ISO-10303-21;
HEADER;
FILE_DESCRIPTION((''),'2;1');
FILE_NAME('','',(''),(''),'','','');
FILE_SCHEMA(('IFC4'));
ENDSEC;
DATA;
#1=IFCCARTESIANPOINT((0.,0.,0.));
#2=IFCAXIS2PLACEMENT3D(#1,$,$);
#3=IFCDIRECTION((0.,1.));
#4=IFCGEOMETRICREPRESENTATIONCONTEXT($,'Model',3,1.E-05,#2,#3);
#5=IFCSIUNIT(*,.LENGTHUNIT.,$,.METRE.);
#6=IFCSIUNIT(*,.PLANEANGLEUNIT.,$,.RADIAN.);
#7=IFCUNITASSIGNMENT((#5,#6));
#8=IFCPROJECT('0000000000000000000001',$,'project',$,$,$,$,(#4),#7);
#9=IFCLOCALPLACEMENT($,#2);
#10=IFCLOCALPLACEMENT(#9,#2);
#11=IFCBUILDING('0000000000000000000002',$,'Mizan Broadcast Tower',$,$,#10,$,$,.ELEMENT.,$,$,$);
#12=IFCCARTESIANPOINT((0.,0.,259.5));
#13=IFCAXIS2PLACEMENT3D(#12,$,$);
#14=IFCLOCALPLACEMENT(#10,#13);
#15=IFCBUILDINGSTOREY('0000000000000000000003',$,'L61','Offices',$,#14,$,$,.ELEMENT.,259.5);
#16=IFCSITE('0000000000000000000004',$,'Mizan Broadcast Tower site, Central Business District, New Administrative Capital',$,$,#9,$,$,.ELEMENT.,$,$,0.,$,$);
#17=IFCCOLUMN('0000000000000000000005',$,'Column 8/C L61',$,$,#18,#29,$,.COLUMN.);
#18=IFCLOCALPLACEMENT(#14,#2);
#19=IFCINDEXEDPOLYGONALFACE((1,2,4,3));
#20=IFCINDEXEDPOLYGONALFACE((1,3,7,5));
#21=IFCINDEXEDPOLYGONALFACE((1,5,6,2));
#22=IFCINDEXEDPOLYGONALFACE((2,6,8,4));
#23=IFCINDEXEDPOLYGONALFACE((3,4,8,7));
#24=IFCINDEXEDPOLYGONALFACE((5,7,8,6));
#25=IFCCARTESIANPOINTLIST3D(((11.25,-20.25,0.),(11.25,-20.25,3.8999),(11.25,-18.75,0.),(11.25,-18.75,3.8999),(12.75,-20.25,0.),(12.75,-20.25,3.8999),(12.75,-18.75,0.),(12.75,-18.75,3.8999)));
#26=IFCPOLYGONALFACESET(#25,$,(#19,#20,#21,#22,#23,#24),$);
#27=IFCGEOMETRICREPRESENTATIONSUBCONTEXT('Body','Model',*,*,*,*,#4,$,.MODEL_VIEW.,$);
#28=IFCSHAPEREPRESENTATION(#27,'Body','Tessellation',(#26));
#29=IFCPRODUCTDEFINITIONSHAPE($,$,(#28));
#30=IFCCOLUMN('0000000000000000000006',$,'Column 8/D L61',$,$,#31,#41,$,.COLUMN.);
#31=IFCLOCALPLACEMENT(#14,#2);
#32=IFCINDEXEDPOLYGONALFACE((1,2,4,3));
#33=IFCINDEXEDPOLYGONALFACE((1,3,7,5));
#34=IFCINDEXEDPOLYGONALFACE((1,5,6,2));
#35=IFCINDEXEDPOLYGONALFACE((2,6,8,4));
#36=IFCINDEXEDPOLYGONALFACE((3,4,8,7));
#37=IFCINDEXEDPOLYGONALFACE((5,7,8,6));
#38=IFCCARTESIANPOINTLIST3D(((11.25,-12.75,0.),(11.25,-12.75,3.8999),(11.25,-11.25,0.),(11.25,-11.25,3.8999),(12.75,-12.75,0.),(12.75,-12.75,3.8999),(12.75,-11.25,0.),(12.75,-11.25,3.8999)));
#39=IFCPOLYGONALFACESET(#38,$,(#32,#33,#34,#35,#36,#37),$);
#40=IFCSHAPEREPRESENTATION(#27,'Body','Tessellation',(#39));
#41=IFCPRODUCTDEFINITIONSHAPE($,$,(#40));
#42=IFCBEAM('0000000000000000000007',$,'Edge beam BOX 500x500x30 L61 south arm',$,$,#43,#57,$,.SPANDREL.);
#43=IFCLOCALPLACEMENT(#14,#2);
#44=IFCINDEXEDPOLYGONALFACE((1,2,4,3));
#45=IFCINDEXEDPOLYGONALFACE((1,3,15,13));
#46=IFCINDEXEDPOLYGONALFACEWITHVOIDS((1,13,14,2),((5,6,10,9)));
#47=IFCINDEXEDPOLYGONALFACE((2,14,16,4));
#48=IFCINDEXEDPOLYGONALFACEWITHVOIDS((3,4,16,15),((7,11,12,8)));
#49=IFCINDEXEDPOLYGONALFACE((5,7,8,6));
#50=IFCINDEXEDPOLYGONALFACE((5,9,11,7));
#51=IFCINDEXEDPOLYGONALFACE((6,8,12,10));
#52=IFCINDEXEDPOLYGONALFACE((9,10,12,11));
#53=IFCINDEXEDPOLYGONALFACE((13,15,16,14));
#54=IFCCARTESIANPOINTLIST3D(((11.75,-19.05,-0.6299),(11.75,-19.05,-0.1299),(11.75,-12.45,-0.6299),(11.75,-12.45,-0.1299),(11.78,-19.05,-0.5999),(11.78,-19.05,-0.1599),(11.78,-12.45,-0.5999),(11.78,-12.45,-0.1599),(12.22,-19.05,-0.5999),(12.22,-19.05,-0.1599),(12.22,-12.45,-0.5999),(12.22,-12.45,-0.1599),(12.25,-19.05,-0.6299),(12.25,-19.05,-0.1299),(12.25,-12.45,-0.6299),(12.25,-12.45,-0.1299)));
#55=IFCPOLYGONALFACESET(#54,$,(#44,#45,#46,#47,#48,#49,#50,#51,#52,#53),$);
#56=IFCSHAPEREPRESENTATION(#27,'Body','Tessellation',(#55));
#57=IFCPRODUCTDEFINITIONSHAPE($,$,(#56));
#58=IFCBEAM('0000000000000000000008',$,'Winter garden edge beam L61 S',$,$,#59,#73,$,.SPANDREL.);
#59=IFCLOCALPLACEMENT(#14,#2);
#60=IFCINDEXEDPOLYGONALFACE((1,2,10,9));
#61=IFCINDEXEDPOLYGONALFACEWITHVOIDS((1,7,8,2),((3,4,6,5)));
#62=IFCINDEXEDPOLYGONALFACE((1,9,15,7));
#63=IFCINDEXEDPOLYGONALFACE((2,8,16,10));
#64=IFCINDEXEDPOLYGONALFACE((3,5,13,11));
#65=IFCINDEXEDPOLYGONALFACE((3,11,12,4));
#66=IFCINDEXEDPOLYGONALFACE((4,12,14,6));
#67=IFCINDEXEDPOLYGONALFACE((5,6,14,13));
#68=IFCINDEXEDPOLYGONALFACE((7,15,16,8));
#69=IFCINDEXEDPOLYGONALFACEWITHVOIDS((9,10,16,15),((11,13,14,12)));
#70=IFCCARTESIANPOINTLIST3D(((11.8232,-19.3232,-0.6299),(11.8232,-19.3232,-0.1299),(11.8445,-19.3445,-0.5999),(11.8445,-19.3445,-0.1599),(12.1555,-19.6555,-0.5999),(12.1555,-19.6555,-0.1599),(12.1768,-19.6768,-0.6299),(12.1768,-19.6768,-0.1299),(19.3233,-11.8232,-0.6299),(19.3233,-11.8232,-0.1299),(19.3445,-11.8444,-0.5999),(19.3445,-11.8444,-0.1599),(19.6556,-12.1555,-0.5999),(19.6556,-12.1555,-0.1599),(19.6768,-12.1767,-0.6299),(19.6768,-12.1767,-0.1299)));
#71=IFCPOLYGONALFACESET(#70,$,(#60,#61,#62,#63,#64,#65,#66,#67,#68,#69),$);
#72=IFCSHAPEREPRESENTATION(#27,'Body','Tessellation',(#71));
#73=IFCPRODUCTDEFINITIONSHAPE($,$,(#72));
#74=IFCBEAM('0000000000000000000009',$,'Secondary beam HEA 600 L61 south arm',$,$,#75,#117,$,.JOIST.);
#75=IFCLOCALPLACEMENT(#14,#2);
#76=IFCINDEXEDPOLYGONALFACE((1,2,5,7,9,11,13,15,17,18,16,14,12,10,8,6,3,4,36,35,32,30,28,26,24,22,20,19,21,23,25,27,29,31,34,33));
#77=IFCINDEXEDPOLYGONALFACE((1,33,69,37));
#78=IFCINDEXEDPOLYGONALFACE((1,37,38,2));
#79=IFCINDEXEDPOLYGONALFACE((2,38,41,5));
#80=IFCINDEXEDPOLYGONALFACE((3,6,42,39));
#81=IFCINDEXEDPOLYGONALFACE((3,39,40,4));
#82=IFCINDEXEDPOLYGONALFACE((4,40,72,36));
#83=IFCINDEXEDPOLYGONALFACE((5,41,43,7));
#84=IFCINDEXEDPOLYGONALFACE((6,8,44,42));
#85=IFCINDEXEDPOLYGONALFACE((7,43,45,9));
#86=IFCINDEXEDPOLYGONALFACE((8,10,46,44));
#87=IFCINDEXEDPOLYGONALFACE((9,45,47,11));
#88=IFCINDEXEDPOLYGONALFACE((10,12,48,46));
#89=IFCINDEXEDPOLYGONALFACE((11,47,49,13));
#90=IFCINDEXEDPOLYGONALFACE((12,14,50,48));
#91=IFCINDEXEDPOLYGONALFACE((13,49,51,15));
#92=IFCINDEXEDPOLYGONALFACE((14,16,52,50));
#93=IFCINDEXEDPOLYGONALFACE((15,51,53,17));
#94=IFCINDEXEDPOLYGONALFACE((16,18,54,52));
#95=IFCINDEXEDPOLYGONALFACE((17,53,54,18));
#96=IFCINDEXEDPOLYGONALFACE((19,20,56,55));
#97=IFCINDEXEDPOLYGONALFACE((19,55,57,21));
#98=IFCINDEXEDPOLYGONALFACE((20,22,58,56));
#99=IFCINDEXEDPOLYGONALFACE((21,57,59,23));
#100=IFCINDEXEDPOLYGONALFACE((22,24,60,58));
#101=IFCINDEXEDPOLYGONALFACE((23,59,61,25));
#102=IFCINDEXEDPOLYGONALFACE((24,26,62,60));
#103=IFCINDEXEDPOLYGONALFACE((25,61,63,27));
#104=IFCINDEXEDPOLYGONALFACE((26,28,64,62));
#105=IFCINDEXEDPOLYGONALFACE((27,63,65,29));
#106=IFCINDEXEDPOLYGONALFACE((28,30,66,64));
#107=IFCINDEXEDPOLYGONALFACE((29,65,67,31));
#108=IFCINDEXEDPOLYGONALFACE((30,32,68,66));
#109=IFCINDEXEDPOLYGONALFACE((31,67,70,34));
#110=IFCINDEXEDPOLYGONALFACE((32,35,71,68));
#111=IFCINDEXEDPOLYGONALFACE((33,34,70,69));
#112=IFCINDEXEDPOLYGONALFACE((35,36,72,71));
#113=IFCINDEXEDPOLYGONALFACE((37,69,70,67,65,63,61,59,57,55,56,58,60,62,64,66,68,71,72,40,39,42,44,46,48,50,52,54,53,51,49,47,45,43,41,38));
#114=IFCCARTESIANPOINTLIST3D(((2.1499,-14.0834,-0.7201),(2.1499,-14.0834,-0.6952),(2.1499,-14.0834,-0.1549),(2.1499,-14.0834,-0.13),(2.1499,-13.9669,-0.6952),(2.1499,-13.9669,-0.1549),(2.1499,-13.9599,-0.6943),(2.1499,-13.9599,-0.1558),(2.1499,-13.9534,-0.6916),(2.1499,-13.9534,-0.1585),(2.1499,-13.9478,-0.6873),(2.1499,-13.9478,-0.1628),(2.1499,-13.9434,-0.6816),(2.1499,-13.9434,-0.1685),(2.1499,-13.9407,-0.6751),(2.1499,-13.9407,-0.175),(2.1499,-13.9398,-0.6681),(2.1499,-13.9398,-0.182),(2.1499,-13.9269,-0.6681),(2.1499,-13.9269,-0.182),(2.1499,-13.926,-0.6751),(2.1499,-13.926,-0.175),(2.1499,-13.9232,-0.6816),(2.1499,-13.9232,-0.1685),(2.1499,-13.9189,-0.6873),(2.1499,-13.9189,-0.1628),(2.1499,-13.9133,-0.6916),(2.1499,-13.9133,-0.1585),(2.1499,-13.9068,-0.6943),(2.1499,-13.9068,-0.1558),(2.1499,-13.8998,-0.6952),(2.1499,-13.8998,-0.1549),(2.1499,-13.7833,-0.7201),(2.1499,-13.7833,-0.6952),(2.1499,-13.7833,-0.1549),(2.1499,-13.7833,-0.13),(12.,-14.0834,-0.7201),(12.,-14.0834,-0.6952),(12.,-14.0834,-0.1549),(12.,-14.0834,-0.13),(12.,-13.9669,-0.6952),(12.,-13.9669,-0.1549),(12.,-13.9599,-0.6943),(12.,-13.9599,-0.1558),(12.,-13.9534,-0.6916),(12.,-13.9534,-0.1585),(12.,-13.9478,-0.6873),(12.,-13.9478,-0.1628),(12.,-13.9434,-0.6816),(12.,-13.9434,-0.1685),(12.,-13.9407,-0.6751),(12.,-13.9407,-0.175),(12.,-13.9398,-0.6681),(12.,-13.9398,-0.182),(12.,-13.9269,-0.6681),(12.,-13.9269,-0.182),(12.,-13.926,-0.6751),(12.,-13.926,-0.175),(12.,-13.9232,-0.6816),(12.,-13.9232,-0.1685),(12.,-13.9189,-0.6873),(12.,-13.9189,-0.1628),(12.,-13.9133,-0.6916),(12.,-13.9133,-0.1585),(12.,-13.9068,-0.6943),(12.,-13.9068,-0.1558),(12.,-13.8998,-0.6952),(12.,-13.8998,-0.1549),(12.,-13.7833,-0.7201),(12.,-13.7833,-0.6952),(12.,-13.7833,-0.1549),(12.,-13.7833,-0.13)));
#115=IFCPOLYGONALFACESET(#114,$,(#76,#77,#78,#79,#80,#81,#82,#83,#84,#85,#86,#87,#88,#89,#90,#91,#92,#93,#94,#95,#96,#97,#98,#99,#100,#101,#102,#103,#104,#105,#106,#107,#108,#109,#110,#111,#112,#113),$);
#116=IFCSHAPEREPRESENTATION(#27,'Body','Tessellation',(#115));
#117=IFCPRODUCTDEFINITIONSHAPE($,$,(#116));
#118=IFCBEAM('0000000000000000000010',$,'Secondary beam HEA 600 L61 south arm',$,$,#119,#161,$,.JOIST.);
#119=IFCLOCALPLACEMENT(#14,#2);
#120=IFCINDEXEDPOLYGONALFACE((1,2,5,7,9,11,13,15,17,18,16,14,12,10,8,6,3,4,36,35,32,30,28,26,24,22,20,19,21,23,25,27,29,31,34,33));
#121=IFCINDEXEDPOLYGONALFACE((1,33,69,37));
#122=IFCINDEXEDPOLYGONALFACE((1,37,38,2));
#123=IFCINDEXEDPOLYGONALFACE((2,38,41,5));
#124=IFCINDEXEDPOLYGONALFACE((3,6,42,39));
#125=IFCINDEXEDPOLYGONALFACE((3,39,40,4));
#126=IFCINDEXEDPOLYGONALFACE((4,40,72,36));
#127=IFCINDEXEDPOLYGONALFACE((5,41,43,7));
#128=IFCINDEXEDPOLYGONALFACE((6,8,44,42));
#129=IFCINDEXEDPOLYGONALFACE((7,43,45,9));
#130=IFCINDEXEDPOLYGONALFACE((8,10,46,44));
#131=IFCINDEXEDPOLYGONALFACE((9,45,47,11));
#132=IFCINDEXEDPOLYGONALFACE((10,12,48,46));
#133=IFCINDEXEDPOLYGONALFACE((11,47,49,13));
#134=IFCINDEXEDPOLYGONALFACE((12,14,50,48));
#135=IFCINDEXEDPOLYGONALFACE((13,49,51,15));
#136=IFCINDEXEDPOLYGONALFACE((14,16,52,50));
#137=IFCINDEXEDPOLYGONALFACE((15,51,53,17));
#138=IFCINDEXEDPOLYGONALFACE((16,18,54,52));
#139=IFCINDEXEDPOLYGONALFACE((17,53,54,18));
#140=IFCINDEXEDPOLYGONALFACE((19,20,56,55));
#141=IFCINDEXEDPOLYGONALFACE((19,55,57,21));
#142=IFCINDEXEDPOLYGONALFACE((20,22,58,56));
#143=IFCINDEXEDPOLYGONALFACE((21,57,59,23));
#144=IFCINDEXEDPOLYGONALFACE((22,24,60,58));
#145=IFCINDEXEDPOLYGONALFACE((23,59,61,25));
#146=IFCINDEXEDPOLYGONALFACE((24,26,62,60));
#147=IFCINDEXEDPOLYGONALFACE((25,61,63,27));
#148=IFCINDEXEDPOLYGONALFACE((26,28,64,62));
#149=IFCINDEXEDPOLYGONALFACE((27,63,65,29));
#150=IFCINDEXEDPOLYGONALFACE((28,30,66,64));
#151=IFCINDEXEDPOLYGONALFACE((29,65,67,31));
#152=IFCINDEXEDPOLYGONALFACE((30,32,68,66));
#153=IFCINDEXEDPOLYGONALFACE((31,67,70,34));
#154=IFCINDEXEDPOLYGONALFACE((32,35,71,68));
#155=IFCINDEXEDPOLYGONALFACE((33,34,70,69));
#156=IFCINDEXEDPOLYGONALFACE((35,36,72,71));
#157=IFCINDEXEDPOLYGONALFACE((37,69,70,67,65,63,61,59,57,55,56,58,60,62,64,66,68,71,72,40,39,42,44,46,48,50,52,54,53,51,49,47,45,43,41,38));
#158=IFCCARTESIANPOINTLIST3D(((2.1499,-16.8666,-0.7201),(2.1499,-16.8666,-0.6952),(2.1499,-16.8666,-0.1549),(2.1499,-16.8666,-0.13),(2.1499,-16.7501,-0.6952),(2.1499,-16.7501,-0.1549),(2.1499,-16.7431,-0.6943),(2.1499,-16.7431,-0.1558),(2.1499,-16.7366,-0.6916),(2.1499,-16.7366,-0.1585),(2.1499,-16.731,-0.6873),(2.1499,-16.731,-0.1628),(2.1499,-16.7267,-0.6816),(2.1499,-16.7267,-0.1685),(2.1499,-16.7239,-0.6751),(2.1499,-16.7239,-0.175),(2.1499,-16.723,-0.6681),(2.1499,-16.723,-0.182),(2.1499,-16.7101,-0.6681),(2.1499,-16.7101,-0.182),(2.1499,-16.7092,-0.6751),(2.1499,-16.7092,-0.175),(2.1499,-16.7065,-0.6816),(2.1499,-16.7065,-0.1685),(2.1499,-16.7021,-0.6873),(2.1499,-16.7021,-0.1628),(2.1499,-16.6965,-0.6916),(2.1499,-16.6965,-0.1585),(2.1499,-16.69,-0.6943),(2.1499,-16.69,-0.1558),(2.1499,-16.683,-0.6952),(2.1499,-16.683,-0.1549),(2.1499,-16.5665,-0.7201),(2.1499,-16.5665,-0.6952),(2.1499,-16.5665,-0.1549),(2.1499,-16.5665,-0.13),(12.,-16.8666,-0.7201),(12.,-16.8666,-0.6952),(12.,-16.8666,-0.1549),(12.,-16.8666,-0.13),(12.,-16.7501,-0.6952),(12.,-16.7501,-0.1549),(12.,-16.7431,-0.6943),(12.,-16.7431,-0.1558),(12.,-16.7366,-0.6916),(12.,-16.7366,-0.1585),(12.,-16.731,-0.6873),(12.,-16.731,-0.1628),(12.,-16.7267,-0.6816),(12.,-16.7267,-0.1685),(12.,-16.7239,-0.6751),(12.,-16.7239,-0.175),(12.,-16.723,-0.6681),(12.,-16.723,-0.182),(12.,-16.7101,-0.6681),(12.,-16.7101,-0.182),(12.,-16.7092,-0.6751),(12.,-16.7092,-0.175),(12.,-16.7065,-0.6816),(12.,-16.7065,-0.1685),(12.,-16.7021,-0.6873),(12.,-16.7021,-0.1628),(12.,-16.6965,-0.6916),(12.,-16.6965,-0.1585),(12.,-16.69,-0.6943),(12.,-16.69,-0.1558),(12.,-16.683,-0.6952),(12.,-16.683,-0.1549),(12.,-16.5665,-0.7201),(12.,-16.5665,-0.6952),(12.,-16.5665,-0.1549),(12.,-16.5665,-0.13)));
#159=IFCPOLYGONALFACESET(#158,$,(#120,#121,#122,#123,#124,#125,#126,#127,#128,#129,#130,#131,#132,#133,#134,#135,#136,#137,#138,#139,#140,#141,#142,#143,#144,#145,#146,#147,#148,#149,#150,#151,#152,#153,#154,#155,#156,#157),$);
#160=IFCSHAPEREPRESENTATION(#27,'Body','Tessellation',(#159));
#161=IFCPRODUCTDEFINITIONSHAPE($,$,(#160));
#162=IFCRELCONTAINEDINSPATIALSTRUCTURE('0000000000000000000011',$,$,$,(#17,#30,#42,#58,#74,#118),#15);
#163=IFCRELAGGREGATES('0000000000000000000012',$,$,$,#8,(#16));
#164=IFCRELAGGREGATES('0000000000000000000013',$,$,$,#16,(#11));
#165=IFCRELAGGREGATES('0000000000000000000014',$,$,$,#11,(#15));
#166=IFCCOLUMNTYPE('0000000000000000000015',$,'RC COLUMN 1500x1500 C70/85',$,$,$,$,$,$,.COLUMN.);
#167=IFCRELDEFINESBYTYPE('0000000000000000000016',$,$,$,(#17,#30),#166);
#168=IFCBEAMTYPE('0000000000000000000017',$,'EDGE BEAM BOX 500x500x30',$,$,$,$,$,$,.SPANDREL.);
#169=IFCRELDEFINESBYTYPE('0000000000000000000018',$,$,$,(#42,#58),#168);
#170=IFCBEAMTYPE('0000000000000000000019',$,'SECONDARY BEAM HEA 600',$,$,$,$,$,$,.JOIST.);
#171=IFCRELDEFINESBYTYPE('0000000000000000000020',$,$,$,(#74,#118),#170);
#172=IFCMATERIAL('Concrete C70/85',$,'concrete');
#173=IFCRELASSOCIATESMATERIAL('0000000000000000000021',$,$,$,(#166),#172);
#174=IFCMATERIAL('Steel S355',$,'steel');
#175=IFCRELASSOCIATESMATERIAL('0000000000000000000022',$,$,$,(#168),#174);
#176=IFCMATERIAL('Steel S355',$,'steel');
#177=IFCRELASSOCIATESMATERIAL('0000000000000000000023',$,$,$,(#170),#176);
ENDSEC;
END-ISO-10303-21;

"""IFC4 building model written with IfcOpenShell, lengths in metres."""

from ifc_helpers import new_model, si_unit, direction, frame, origin, origin_2d, place, context, subcontext, project, spatial, rectangle, hollow_rectangle, i_section, extrude, material, material_profile, profile_set, type_object, element, save


model = new_model("IFC4")

# Units and contexts
model_context = context("Model", 3, precision=1e-05, world=origin(), true_north=direction((0.0, 1.0)))
body_context = subcontext(model_context, "Body", "Model", "MODEL_VIEW")
ifc_project = project(units=[si_unit("LENGTHUNIT", "METRE"), si_unit("PLANEANGLEUNIT", "RADIAN")], contexts=[model_context])

# Site, building, storey
site_placement = place(None, origin())
site = spatial("IfcSite", under=ifc_project, at=site_placement, Name="Mizan Broadcast Tower site, Central Business District, New Administrative Capital", CompositionType="ELEMENT", RefElevation=0.0)
building_placement = place(site_placement, origin())
building = spatial("IfcBuilding", under=site, at=building_placement, Name="Mizan Broadcast Tower", CompositionType="ELEMENT")
storey_placement = place(building_placement, frame((0.0, 0.0, 259.5)))
storey = spatial("IfcBuildingStorey", under=building, at=storey_placement, Name="L61", Description="Offices", CompositionType="ELEMENT", Elevation=259.5)

# Columns
ifc_material_1 = material(Name="Concrete C70/85", Category="concrete")
ifc_material_profile_1 = material_profile(ifc_material_1, rectangle(XDim=1.5, YDim=1.5, at=origin_2d()), Name="RC 1500x1500")
ifc_profile_set_1 = profile_set([ifc_material_profile_1], Name="Concrete C70/85")
column_type = type_object("IfcColumnType", Name="RC COLUMN 1500x1500 C70/85", PredefinedType="COLUMN", material=ifc_profile_set_1)
for number, where, z_axis, x_axis, name in (
    (1, (12.0, -19.5, 0.0), (0.0, 0.0, 1.0), (1.0, 0.0, 0.0), "Column 8/C L61"),
    (2, (12.0, -12.0, 0.0), (0.0, 0.0, 1.0), (1.0, 0.0, 0.0), "Column 8/D L61"),
):
    element("IfcColumn", number, at=place(storey_placement, frame(where, z_axis=z_axis, x_axis=x_axis)), inside=storey, type_object=column_type, Name=name, PredefinedType="COLUMN", context=body_context, shape_type="SweptSolid", body=[
        extrude(rectangle(XDim=1.5, YDim=1.5, at=origin_2d()), origin(), (0.0, 0.0, 1.0), 3.8999),
    ])

# Beams
ifc_material_2 = material(Name="Steel S355", Category="steel")
ifc_material_profile_2 = material_profile(ifc_material_2, hollow_rectangle(XDim=0.5, YDim=0.5, WallThickness=0.03, at=origin_2d()), Name="BOX 500x500x30")
ifc_profile_set_2 = profile_set([ifc_material_profile_2], Name="Steel S355")
beam_type_1 = type_object("IfcBeamType", Name="EDGE BEAM BOX 500x500x30", PredefinedType="SPANDREL", material=ifc_profile_set_2)
beam_1_placement = place(storey_placement, frame((12.0, -12.45, -0.3799), z_axis=(0.0, -1.0, 0.0), x_axis=(1.0, 0.0, 0.0)))
element("IfcBeam", 3, at=beam_1_placement, inside=storey, type_object=beam_type_1, Name="Edge beam BOX 500x500x30 L61 south arm", PredefinedType="SPANDREL", context=body_context, shape_type="SweptSolid", body=[
    extrude(hollow_rectangle(XDim=0.5, YDim=0.5, WallThickness=0.03, at=origin_2d()), origin(), (0.0, 0.0, 1.0), 6.6001),
])
beam_2_placement = place(storey_placement, frame((12.0, -19.5, -0.3799), z_axis=(0.707107, 0.707107, 0.0), x_axis=(-0.707107, 0.707107, 0.0)))
element("IfcBeam", 4, at=beam_2_placement, inside=storey, type_object=beam_type_1, Name="Winter garden edge beam L61 S", PredefinedType="SPANDREL", context=body_context, shape_type="SweptSolid", body=[
    extrude(hollow_rectangle(XDim=0.5, YDim=0.5, WallThickness=0.03, at=origin_2d()), origin(), (0.0, 0.0, 1.0), 10.6067),
])
ifc_material_3 = material(Name="Steel S355", Category="steel")
ifc_material_profile_3 = material_profile(ifc_material_3, i_section(OverallWidth=0.3, OverallDepth=0.5901, WebThickness=0.0129, FlangeThickness=0.0249, FilletRadius=0.0271, at=origin_2d()), Name="HEA 600")
ifc_profile_set_3 = profile_set([ifc_material_profile_3], Name="Steel S355")
beam_type_2 = type_object("IfcBeamType", Name="SECONDARY BEAM HEA 600", PredefinedType="JOIST", material=ifc_profile_set_3)
for number, where, z_axis, x_axis, name in (
    (5, (12.0, -13.9333, -0.425), (-1.0, 0.0, 0.0), (0.0, -1.0, 0.0), "Secondary beam HEA 600 L61 south arm"),
    (6, (12.0, -16.7166, -0.425), (-1.0, 0.0, 0.0), (0.0, -1.0, 0.0), "Secondary beam HEA 600 L61 south arm"),
):
    element("IfcBeam", number, at=place(storey_placement, frame(where, z_axis=z_axis, x_axis=x_axis)), inside=storey, type_object=beam_type_2, Name=name, PredefinedType="JOIST", context=body_context, shape_type="SweptSolid", body=[
        extrude(i_section(OverallWidth=0.3, OverallDepth=0.5901, WebThickness=0.0129, FlangeThickness=0.0249, FilletRadius=0.0271, at=origin_2d()), origin(), (0.0, 0.0, 1.0), 9.8501),
    ])

save(model, "model.ifc")
